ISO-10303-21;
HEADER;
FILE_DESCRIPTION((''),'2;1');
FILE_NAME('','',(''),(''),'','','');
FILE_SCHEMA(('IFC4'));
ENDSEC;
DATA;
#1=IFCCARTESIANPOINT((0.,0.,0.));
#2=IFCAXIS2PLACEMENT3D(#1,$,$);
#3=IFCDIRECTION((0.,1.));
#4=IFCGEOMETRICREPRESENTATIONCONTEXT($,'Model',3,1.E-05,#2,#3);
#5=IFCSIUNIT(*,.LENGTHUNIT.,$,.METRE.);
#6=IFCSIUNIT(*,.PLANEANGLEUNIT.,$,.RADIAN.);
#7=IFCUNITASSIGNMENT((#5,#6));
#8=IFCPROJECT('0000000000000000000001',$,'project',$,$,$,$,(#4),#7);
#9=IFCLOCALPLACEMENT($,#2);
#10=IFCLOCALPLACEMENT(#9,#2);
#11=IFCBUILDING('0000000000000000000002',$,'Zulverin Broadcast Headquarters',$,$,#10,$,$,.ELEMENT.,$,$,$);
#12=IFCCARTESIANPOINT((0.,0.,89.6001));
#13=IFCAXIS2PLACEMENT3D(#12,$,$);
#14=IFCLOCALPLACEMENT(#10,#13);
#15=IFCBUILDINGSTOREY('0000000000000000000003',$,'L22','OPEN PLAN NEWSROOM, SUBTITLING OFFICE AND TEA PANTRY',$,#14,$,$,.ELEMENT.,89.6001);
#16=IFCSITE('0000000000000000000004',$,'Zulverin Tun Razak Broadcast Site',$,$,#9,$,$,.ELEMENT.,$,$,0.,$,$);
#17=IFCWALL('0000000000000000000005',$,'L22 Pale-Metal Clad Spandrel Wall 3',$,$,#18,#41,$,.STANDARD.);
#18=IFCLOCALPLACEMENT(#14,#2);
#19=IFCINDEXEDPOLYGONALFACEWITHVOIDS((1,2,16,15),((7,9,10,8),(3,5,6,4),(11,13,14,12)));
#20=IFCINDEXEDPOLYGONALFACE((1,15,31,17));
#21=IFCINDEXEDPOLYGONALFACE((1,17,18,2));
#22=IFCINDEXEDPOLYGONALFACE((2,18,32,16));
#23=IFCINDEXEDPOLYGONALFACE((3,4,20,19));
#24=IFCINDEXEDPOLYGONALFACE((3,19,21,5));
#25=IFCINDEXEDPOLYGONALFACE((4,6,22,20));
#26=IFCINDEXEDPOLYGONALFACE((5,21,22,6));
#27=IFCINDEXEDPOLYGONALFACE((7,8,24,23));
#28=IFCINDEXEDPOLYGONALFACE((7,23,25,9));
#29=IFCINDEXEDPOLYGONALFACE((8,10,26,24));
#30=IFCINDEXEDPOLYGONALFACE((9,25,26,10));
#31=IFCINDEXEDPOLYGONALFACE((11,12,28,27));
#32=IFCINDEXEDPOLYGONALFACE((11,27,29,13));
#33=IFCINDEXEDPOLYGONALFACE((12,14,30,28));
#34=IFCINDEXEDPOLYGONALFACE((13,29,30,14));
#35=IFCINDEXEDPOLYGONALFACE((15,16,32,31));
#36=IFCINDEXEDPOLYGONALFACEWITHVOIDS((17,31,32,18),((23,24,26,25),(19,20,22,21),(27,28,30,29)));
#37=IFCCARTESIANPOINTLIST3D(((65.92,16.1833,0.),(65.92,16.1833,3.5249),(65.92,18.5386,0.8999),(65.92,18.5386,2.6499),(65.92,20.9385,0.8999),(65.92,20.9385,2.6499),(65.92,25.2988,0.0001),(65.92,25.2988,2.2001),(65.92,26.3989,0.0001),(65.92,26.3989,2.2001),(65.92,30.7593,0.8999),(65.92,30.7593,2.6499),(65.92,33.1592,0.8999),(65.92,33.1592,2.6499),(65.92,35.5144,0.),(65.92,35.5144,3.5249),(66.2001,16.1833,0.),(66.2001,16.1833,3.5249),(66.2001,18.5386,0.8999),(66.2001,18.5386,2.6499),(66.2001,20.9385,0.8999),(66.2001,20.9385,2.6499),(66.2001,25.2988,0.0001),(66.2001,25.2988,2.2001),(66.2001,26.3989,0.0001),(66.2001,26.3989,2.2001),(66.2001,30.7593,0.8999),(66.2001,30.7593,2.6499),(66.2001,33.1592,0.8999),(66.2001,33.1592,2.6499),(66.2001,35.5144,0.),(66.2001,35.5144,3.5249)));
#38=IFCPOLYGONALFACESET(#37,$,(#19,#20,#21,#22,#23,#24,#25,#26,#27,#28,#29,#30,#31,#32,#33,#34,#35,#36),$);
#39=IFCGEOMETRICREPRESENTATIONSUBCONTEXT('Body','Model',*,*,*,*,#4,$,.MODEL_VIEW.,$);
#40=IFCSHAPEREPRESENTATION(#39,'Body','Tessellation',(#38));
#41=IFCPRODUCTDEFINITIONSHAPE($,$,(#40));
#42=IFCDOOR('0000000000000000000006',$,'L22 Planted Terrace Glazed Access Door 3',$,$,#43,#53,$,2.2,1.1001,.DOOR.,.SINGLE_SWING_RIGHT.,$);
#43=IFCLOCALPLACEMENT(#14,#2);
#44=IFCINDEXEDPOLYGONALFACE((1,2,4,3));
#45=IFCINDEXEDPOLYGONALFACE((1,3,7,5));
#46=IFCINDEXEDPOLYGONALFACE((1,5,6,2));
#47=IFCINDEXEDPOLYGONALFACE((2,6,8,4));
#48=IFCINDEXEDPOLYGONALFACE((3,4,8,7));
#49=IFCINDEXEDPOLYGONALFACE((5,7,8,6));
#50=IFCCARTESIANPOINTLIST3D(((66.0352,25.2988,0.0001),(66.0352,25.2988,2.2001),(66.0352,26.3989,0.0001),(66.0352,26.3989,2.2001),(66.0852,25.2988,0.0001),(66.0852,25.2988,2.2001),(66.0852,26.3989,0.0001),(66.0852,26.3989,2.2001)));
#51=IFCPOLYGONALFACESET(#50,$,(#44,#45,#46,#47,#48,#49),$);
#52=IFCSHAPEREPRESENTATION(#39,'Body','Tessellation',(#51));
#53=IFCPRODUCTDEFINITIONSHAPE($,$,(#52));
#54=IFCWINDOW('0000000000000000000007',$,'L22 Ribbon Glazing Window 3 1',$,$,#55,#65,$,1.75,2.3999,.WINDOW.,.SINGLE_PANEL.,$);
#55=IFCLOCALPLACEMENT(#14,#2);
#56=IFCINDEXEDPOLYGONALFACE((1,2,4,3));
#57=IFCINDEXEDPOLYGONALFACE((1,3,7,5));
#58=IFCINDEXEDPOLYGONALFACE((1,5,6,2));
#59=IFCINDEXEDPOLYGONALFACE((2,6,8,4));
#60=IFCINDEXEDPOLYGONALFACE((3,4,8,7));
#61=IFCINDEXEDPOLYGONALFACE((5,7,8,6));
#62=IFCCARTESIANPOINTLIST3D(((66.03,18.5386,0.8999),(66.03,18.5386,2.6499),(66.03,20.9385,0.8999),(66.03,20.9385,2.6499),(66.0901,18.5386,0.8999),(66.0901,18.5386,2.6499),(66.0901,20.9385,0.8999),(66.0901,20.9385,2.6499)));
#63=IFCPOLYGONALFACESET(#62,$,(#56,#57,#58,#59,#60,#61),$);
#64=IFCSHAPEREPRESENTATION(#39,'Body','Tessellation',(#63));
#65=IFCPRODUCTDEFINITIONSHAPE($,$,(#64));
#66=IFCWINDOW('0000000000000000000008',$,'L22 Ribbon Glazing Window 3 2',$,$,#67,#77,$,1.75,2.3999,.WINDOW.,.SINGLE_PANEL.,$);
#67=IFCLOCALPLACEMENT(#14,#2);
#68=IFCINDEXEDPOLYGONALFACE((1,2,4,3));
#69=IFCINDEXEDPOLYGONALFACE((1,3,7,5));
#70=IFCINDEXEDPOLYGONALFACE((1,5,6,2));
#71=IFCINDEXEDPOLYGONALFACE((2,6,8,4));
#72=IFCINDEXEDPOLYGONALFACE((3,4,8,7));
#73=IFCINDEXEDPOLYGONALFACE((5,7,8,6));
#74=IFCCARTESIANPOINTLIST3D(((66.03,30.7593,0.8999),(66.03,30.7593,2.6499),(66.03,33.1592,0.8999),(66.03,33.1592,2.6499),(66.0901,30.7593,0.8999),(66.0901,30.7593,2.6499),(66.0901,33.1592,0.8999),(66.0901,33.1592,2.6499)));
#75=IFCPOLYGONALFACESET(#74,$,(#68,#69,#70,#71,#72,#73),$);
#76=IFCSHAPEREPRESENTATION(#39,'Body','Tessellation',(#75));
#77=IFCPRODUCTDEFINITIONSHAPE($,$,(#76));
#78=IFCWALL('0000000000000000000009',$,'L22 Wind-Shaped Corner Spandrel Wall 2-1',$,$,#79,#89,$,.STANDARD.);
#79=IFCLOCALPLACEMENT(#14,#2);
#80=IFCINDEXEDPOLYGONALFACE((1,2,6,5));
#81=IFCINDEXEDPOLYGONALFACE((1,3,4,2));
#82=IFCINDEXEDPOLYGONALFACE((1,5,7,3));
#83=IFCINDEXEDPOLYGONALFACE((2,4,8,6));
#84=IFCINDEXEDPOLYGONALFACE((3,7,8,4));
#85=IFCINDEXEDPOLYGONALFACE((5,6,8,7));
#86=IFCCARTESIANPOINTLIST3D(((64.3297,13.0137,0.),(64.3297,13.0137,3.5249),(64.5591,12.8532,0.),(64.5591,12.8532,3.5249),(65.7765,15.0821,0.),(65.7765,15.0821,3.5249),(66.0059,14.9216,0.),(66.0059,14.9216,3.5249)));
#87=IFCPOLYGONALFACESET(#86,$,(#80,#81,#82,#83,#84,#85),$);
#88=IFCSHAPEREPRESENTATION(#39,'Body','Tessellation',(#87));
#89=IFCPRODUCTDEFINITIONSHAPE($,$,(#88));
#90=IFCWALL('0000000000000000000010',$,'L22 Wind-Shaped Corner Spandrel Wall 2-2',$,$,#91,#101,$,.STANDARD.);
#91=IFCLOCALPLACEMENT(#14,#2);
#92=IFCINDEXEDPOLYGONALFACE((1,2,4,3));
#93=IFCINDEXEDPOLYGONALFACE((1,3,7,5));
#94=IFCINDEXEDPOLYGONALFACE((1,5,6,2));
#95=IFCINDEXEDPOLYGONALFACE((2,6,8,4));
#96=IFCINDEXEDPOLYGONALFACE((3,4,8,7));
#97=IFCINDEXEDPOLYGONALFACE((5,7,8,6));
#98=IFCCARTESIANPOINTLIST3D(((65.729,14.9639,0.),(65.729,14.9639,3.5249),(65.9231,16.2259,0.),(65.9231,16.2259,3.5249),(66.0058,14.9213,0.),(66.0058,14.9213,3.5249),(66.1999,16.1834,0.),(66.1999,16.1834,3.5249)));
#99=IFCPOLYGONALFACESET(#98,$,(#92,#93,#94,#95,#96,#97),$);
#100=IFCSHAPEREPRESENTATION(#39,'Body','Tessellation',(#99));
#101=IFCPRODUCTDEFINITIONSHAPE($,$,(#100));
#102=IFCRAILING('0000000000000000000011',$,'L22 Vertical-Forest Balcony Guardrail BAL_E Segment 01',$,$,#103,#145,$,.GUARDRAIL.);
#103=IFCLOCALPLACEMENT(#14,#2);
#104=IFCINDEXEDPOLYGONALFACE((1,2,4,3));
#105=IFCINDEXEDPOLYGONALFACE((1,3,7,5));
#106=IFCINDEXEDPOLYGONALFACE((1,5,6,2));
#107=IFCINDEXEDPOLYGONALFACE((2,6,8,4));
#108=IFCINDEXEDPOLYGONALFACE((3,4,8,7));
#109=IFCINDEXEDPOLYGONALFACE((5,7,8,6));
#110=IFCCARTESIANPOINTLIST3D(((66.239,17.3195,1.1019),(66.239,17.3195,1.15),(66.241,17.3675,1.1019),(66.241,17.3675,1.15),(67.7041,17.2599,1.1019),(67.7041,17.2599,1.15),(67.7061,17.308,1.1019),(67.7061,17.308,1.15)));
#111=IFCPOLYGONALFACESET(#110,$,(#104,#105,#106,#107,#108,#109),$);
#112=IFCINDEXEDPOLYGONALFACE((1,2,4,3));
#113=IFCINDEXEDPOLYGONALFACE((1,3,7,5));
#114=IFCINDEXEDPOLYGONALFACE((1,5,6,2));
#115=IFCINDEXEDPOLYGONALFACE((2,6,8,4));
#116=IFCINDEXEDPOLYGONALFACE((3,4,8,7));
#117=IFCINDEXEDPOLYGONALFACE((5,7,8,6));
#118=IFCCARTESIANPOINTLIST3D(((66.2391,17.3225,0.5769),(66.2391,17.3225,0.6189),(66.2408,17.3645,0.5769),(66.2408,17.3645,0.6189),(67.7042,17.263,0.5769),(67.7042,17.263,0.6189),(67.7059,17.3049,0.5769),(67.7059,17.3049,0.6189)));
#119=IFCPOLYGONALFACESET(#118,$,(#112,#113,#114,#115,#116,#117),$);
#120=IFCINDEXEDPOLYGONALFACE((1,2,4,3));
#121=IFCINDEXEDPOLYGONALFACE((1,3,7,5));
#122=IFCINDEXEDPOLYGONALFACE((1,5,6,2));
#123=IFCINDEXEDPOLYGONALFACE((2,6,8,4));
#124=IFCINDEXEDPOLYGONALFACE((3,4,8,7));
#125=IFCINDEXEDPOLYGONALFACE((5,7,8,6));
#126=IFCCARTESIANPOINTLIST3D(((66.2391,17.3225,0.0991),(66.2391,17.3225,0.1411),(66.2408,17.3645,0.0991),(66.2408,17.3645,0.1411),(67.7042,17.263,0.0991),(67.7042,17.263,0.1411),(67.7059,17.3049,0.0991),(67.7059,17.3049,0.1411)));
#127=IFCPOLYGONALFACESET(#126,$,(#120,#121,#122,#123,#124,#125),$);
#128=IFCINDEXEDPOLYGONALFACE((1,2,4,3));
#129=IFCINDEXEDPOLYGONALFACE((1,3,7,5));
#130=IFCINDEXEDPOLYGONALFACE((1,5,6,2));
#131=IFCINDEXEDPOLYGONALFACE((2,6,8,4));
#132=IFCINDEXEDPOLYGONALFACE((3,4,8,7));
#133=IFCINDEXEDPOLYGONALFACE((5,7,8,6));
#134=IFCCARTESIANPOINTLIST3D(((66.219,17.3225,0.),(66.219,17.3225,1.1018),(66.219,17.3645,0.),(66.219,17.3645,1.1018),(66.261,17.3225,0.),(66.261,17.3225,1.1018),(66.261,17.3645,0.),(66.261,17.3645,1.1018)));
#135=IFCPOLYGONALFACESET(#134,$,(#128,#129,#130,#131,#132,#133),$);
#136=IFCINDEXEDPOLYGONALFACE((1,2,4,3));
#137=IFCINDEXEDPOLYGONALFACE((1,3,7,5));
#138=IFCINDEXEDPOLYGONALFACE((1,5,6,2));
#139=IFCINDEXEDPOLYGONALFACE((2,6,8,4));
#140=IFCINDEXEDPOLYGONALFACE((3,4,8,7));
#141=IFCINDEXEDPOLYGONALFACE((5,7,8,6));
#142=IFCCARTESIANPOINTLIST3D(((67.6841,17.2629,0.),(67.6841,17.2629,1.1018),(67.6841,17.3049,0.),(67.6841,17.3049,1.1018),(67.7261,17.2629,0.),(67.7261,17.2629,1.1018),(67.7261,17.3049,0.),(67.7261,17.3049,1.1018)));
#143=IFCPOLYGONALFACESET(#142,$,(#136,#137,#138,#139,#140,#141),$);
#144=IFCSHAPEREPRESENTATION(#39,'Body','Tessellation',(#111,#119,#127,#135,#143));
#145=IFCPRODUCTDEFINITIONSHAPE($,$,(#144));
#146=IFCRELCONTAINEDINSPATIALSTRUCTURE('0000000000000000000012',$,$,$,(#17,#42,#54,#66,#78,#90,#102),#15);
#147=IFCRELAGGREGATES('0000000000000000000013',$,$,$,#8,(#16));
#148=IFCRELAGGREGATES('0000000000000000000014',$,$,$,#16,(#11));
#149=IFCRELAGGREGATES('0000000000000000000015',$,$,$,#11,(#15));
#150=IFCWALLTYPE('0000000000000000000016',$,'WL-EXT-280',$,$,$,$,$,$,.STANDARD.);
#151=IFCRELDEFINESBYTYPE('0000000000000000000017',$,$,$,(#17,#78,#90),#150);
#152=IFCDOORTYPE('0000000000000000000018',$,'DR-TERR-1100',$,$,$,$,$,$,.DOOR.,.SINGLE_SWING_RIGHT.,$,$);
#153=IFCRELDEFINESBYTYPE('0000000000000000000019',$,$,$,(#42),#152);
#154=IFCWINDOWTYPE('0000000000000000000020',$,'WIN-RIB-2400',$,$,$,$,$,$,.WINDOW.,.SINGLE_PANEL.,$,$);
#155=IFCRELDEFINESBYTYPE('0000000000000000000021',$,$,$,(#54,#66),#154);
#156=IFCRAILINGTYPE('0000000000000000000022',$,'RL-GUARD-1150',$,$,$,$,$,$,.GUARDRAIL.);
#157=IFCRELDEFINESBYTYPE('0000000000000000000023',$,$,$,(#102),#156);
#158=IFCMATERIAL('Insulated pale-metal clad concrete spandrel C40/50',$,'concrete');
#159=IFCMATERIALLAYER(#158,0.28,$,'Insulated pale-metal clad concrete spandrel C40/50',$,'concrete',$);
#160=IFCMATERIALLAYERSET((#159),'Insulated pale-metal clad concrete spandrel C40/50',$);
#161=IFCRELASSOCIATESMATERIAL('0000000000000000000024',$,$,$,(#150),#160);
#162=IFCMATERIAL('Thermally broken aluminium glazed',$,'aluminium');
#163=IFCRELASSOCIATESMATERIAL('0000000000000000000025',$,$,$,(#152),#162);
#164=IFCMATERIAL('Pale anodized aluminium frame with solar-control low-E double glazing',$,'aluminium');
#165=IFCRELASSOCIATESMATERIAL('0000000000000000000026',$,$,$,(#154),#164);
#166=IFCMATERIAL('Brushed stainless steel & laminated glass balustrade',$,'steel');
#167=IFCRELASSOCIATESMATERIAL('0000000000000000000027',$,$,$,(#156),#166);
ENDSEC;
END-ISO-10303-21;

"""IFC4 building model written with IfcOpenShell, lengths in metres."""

from ifc_helpers import new_model, si_unit, direction, frame, frame_2d, origin, origin_2d, place, context, subcontext, project, spatial, rectangle, extrude, material, layer, layer_set, type_object, element, fill, save


model = new_model("IFC4")

# Units and contexts
model_context = context("Model", 3, precision=1e-05, world=origin(), true_north=direction((0.0, 1.0)))
body_context = subcontext(model_context, "Body", "Model", "MODEL_VIEW")
ifc_project = project(units=[si_unit("LENGTHUNIT", "METRE"), si_unit("PLANEANGLEUNIT", "RADIAN")], contexts=[model_context])

# Site, building, storey
site_placement = place(None, origin())
site = spatial("IfcSite", under=ifc_project, at=site_placement, Name="Zulverin Tun Razak Broadcast Site", CompositionType="ELEMENT", RefElevation=0.0)
building_placement = place(site_placement, origin())
building = spatial("IfcBuilding", under=site, at=building_placement, Name="Zulverin Broadcast Headquarters", CompositionType="ELEMENT")
storey_placement = place(building_placement, frame((0.0, 0.0, 89.6001)))
storey = spatial("IfcBuildingStorey", under=building, at=storey_placement, Name="L22", Description="OPEN PLAN NEWSROOM, SUBTITLING OFFICE AND TEA PANTRY", CompositionType="ELEMENT", Elevation=89.6001)

# Wall, openings, door, windows
ifc_material_1 = material(Name="Insulated pale-metal clad concrete spandrel C40/50", Category="concrete")
ifc_layer_1 = layer(ifc_material_1, 0.28, Name="Insulated pale-metal clad concrete spandrel C40/50", Category="concrete")
ifc_layer_set_1 = layer_set([ifc_layer_1], Name="Insulated pale-metal clad concrete spandrel C40/50")
wall_type = type_object("IfcWallType", Name="WL-EXT-280", PredefinedType="STANDARD", material=ifc_layer_set_1)
wall_1_placement = place(storey_placement, frame((66.0601, 16.1833, 0.0), z_axis=(0.0, 0.0, 1.0), x_axis=(0.0, 1.0, 0.0)))
wall_1 = element("IfcWall", 1, at=wall_1_placement, inside=storey, type_object=wall_type, Name="L22 Pale-Metal Clad Spandrel Wall 3", PredefinedType="STANDARD", context=body_context, shape_type="SweptSolid", body=[
    extrude(rectangle(XDim=19.3311, YDim=0.28, at=frame_2d((9.6655, 0.0))), origin(), (0.0, 0.0, 1.0), 3.5249),
])
opening_1_placement = place(wall_1_placement, frame((9.1155, 0.0, 0.0)))
opening_1 = element("IfcOpeningElement", 2, at=opening_1_placement, cuts=wall_1, PredefinedType="OPENING", context=body_context, shape_type="SweptSolid", body=[
    extrude(rectangle(XDim=1.1001, YDim=2.2, at=frame_2d((0.55, 1.1001))), frame((0.0, 0.1499, 0.0), z_axis=(0.0, -1.0, 0.0), x_axis=(1.0, 0.0, 0.0)), (0.0, 0.0, 1.0), 0.3),
])
opening_2_placement = place(wall_1_placement, frame((2.3552, 0.0, 0.8999)))
opening_2 = element("IfcOpeningElement", 3, at=opening_2_placement, cuts=wall_1, PredefinedType="OPENING", context=body_context, shape_type="SweptSolid", body=[
    extrude(rectangle(XDim=2.3999, YDim=1.75, at=frame_2d((1.2, 0.875))), frame((0.0, 0.1499, 0.0), z_axis=(0.0, -1.0, 0.0), x_axis=(1.0, 0.0, 0.0)), (0.0, 0.0, 1.0), 0.3),
])
opening_3_placement = place(wall_1_placement, frame((14.5759, 0.0, 0.8999)))
opening_3 = element("IfcOpeningElement", 4, at=opening_3_placement, cuts=wall_1, PredefinedType="OPENING", context=body_context, shape_type="SweptSolid", body=[
    extrude(rectangle(XDim=2.3999, YDim=1.75, at=frame_2d((1.2, 0.875))), frame((0.0, 0.1499, 0.0), z_axis=(0.0, -1.0, 0.0), x_axis=(1.0, 0.0, 0.0)), (0.0, 0.0, 1.0), 0.3),
])
ifc_material_2 = material(Name="Thermally broken aluminium glazed", Category="aluminium")
door_type = type_object("IfcDoorType", Name="DR-TERR-1100", OperationType="SINGLE_SWING_RIGHT", PredefinedType="DOOR", material=ifc_material_2)
door_placement = place(opening_1_placement, origin())
door = element("IfcDoor", 5, at=door_placement, inside=storey, type_object=door_type, Name="L22 Planted Terrace Glazed Access Door 3", OperationType="SINGLE_SWING_RIGHT", OverallHeight=2.2, OverallWidth=1.1001, PredefinedType="DOOR", context=body_context, shape_type="SweptSolid", body=[
    extrude(rectangle(XDim=1.1001, YDim=2.2, at=frame_2d((0.55, 1.1001))), frame((0.0, 0.0249, 0.0), z_axis=(0.0, -1.0, 0.0), x_axis=(1.0, 0.0, 0.0)), (0.0, 0.0, 1.0), 0.05),
])
fill(opening_1, door)
ifc_material_3 = material(Name="Pale anodized aluminium frame with solar-control low-E double glazing", Category="aluminium")
window_type = type_object("IfcWindowType", Name="WIN-RIB-2400", PartitioningType="SINGLE_PANEL", PredefinedType="WINDOW", material=ifc_material_3)
window_1_placement = place(opening_2_placement, origin())
window_1 = element("IfcWindow", 6, at=window_1_placement, inside=storey, type_object=window_type, Name="L22 Ribbon Glazing Window 3 1", OverallHeight=1.75, OverallWidth=2.3999, PartitioningType="SINGLE_PANEL", PredefinedType="WINDOW", context=body_context, shape_type="SweptSolid", body=[
    extrude(rectangle(XDim=2.3999, YDim=1.75, at=frame_2d((1.2, 0.875))), frame((0.0, 0.03, 0.0), z_axis=(0.0, -1.0, 0.0), x_axis=(1.0, 0.0, 0.0)), (0.0, 0.0, 1.0), 0.0601),
])
fill(opening_2, window_1)
window_2_placement = place(opening_3_placement, origin())
window_2 = element("IfcWindow", 7, at=window_2_placement, inside=storey, type_object=window_type, Name="L22 Ribbon Glazing Window 3 2", OverallHeight=1.75, OverallWidth=2.3999, PartitioningType="SINGLE_PANEL", PredefinedType="WINDOW", context=body_context, shape_type="SweptSolid", body=[
    extrude(rectangle(XDim=2.3999, YDim=1.75, at=frame_2d((1.2, 0.875))), frame((0.0, 0.03, 0.0), z_axis=(0.0, -1.0, 0.0), x_axis=(1.0, 0.0, 0.0)), (0.0, 0.0, 1.0), 0.0601),
])
fill(opening_3, window_2)

# Walls
wall_2_placement = place(storey_placement, frame((64.4443, 12.9333, 0.0), z_axis=(0.0, 0.0, 1.0), x_axis=(0.573177, 0.819432, 0.0)))
element("IfcWall", 8, at=wall_2_placement, inside=storey, type_object=wall_type, Name="L22 Wind-Shaped Corner Spandrel Wall 2-1", PredefinedType="STANDARD", context=body_context, shape_type="SweptSolid", body=[
    extrude(rectangle(XDim=2.5242, YDim=0.28, at=frame_2d((1.2622, 0.0))), origin(), (0.0, 0.0, 1.0), 3.5249),
])
wall_3_placement = place(storey_placement, frame((65.8674, 14.9426, 0.0), z_axis=(0.0, 0.0, 1.0), x_axis=(0.152014, 0.988378, 0.0)))
element("IfcWall", 9, at=wall_3_placement, inside=storey, type_object=wall_type, Name="L22 Wind-Shaped Corner Spandrel Wall 2-2", PredefinedType="STANDARD", context=body_context, shape_type="SweptSolid", body=[
    extrude(rectangle(XDim=1.2769, YDim=0.28, at=frame_2d((0.6384, 0.0))), origin(), (0.0, 0.0, 1.0), 3.5249),
])

# Railing
ifc_material_4 = material(Name="Brushed stainless steel & laminated glass balustrade", Category="steel")
railing_type = type_object("IfcRailingType", Name="RL-GUARD-1150", PredefinedType="GUARDRAIL", material=ifc_material_4)
railing_1_placement = place(storey_placement, frame((66.24, 17.3435, 0.0)))
element("IfcRailing", 10, at=railing_1_placement, inside=storey, type_object=railing_type, Name="L22 Vertical-Forest Balcony Guardrail BAL_E Segment 01", PredefinedType="GUARDRAIL", context=body_context, shape_type="SweptSolid", body=[
    extrude(rectangle(XDim=0.0481, YDim=0.0481, at=origin_2d()), frame((0.0, 0.0, 1.126), z_axis=(0.999174, -0.040626, 0.0), x_axis=(0.040626, 0.999174, 0.0)), (0.0, 0.0, 1.0), 1.4663),
    extrude(rectangle(XDim=0.042, YDim=0.042, at=origin_2d()), frame((0.0, 0.0, 0.5979), z_axis=(0.999174, -0.040626, 0.0), x_axis=(0.040626, 0.999174, 0.0)), (0.0, 0.0, 1.0), 1.4663),
    extrude(rectangle(XDim=0.042, YDim=0.042, at=origin_2d()), frame((0.0, 0.0, 0.1201), z_axis=(0.999174, -0.040626, 0.0), x_axis=(0.040626, 0.999174, 0.0)), (0.0, 0.0, 1.0), 1.4663),
    extrude(rectangle(XDim=0.042, YDim=0.042, at=origin_2d()), origin(), (0.0, 0.0, 1.0), 1.1018),
    extrude(rectangle(XDim=0.042, YDim=0.042, at=origin_2d()), frame((1.4651, -0.0596, 0.0)), (0.0, 0.0, 1.0), 1.1018),
])

save(model, "model.ifc")
